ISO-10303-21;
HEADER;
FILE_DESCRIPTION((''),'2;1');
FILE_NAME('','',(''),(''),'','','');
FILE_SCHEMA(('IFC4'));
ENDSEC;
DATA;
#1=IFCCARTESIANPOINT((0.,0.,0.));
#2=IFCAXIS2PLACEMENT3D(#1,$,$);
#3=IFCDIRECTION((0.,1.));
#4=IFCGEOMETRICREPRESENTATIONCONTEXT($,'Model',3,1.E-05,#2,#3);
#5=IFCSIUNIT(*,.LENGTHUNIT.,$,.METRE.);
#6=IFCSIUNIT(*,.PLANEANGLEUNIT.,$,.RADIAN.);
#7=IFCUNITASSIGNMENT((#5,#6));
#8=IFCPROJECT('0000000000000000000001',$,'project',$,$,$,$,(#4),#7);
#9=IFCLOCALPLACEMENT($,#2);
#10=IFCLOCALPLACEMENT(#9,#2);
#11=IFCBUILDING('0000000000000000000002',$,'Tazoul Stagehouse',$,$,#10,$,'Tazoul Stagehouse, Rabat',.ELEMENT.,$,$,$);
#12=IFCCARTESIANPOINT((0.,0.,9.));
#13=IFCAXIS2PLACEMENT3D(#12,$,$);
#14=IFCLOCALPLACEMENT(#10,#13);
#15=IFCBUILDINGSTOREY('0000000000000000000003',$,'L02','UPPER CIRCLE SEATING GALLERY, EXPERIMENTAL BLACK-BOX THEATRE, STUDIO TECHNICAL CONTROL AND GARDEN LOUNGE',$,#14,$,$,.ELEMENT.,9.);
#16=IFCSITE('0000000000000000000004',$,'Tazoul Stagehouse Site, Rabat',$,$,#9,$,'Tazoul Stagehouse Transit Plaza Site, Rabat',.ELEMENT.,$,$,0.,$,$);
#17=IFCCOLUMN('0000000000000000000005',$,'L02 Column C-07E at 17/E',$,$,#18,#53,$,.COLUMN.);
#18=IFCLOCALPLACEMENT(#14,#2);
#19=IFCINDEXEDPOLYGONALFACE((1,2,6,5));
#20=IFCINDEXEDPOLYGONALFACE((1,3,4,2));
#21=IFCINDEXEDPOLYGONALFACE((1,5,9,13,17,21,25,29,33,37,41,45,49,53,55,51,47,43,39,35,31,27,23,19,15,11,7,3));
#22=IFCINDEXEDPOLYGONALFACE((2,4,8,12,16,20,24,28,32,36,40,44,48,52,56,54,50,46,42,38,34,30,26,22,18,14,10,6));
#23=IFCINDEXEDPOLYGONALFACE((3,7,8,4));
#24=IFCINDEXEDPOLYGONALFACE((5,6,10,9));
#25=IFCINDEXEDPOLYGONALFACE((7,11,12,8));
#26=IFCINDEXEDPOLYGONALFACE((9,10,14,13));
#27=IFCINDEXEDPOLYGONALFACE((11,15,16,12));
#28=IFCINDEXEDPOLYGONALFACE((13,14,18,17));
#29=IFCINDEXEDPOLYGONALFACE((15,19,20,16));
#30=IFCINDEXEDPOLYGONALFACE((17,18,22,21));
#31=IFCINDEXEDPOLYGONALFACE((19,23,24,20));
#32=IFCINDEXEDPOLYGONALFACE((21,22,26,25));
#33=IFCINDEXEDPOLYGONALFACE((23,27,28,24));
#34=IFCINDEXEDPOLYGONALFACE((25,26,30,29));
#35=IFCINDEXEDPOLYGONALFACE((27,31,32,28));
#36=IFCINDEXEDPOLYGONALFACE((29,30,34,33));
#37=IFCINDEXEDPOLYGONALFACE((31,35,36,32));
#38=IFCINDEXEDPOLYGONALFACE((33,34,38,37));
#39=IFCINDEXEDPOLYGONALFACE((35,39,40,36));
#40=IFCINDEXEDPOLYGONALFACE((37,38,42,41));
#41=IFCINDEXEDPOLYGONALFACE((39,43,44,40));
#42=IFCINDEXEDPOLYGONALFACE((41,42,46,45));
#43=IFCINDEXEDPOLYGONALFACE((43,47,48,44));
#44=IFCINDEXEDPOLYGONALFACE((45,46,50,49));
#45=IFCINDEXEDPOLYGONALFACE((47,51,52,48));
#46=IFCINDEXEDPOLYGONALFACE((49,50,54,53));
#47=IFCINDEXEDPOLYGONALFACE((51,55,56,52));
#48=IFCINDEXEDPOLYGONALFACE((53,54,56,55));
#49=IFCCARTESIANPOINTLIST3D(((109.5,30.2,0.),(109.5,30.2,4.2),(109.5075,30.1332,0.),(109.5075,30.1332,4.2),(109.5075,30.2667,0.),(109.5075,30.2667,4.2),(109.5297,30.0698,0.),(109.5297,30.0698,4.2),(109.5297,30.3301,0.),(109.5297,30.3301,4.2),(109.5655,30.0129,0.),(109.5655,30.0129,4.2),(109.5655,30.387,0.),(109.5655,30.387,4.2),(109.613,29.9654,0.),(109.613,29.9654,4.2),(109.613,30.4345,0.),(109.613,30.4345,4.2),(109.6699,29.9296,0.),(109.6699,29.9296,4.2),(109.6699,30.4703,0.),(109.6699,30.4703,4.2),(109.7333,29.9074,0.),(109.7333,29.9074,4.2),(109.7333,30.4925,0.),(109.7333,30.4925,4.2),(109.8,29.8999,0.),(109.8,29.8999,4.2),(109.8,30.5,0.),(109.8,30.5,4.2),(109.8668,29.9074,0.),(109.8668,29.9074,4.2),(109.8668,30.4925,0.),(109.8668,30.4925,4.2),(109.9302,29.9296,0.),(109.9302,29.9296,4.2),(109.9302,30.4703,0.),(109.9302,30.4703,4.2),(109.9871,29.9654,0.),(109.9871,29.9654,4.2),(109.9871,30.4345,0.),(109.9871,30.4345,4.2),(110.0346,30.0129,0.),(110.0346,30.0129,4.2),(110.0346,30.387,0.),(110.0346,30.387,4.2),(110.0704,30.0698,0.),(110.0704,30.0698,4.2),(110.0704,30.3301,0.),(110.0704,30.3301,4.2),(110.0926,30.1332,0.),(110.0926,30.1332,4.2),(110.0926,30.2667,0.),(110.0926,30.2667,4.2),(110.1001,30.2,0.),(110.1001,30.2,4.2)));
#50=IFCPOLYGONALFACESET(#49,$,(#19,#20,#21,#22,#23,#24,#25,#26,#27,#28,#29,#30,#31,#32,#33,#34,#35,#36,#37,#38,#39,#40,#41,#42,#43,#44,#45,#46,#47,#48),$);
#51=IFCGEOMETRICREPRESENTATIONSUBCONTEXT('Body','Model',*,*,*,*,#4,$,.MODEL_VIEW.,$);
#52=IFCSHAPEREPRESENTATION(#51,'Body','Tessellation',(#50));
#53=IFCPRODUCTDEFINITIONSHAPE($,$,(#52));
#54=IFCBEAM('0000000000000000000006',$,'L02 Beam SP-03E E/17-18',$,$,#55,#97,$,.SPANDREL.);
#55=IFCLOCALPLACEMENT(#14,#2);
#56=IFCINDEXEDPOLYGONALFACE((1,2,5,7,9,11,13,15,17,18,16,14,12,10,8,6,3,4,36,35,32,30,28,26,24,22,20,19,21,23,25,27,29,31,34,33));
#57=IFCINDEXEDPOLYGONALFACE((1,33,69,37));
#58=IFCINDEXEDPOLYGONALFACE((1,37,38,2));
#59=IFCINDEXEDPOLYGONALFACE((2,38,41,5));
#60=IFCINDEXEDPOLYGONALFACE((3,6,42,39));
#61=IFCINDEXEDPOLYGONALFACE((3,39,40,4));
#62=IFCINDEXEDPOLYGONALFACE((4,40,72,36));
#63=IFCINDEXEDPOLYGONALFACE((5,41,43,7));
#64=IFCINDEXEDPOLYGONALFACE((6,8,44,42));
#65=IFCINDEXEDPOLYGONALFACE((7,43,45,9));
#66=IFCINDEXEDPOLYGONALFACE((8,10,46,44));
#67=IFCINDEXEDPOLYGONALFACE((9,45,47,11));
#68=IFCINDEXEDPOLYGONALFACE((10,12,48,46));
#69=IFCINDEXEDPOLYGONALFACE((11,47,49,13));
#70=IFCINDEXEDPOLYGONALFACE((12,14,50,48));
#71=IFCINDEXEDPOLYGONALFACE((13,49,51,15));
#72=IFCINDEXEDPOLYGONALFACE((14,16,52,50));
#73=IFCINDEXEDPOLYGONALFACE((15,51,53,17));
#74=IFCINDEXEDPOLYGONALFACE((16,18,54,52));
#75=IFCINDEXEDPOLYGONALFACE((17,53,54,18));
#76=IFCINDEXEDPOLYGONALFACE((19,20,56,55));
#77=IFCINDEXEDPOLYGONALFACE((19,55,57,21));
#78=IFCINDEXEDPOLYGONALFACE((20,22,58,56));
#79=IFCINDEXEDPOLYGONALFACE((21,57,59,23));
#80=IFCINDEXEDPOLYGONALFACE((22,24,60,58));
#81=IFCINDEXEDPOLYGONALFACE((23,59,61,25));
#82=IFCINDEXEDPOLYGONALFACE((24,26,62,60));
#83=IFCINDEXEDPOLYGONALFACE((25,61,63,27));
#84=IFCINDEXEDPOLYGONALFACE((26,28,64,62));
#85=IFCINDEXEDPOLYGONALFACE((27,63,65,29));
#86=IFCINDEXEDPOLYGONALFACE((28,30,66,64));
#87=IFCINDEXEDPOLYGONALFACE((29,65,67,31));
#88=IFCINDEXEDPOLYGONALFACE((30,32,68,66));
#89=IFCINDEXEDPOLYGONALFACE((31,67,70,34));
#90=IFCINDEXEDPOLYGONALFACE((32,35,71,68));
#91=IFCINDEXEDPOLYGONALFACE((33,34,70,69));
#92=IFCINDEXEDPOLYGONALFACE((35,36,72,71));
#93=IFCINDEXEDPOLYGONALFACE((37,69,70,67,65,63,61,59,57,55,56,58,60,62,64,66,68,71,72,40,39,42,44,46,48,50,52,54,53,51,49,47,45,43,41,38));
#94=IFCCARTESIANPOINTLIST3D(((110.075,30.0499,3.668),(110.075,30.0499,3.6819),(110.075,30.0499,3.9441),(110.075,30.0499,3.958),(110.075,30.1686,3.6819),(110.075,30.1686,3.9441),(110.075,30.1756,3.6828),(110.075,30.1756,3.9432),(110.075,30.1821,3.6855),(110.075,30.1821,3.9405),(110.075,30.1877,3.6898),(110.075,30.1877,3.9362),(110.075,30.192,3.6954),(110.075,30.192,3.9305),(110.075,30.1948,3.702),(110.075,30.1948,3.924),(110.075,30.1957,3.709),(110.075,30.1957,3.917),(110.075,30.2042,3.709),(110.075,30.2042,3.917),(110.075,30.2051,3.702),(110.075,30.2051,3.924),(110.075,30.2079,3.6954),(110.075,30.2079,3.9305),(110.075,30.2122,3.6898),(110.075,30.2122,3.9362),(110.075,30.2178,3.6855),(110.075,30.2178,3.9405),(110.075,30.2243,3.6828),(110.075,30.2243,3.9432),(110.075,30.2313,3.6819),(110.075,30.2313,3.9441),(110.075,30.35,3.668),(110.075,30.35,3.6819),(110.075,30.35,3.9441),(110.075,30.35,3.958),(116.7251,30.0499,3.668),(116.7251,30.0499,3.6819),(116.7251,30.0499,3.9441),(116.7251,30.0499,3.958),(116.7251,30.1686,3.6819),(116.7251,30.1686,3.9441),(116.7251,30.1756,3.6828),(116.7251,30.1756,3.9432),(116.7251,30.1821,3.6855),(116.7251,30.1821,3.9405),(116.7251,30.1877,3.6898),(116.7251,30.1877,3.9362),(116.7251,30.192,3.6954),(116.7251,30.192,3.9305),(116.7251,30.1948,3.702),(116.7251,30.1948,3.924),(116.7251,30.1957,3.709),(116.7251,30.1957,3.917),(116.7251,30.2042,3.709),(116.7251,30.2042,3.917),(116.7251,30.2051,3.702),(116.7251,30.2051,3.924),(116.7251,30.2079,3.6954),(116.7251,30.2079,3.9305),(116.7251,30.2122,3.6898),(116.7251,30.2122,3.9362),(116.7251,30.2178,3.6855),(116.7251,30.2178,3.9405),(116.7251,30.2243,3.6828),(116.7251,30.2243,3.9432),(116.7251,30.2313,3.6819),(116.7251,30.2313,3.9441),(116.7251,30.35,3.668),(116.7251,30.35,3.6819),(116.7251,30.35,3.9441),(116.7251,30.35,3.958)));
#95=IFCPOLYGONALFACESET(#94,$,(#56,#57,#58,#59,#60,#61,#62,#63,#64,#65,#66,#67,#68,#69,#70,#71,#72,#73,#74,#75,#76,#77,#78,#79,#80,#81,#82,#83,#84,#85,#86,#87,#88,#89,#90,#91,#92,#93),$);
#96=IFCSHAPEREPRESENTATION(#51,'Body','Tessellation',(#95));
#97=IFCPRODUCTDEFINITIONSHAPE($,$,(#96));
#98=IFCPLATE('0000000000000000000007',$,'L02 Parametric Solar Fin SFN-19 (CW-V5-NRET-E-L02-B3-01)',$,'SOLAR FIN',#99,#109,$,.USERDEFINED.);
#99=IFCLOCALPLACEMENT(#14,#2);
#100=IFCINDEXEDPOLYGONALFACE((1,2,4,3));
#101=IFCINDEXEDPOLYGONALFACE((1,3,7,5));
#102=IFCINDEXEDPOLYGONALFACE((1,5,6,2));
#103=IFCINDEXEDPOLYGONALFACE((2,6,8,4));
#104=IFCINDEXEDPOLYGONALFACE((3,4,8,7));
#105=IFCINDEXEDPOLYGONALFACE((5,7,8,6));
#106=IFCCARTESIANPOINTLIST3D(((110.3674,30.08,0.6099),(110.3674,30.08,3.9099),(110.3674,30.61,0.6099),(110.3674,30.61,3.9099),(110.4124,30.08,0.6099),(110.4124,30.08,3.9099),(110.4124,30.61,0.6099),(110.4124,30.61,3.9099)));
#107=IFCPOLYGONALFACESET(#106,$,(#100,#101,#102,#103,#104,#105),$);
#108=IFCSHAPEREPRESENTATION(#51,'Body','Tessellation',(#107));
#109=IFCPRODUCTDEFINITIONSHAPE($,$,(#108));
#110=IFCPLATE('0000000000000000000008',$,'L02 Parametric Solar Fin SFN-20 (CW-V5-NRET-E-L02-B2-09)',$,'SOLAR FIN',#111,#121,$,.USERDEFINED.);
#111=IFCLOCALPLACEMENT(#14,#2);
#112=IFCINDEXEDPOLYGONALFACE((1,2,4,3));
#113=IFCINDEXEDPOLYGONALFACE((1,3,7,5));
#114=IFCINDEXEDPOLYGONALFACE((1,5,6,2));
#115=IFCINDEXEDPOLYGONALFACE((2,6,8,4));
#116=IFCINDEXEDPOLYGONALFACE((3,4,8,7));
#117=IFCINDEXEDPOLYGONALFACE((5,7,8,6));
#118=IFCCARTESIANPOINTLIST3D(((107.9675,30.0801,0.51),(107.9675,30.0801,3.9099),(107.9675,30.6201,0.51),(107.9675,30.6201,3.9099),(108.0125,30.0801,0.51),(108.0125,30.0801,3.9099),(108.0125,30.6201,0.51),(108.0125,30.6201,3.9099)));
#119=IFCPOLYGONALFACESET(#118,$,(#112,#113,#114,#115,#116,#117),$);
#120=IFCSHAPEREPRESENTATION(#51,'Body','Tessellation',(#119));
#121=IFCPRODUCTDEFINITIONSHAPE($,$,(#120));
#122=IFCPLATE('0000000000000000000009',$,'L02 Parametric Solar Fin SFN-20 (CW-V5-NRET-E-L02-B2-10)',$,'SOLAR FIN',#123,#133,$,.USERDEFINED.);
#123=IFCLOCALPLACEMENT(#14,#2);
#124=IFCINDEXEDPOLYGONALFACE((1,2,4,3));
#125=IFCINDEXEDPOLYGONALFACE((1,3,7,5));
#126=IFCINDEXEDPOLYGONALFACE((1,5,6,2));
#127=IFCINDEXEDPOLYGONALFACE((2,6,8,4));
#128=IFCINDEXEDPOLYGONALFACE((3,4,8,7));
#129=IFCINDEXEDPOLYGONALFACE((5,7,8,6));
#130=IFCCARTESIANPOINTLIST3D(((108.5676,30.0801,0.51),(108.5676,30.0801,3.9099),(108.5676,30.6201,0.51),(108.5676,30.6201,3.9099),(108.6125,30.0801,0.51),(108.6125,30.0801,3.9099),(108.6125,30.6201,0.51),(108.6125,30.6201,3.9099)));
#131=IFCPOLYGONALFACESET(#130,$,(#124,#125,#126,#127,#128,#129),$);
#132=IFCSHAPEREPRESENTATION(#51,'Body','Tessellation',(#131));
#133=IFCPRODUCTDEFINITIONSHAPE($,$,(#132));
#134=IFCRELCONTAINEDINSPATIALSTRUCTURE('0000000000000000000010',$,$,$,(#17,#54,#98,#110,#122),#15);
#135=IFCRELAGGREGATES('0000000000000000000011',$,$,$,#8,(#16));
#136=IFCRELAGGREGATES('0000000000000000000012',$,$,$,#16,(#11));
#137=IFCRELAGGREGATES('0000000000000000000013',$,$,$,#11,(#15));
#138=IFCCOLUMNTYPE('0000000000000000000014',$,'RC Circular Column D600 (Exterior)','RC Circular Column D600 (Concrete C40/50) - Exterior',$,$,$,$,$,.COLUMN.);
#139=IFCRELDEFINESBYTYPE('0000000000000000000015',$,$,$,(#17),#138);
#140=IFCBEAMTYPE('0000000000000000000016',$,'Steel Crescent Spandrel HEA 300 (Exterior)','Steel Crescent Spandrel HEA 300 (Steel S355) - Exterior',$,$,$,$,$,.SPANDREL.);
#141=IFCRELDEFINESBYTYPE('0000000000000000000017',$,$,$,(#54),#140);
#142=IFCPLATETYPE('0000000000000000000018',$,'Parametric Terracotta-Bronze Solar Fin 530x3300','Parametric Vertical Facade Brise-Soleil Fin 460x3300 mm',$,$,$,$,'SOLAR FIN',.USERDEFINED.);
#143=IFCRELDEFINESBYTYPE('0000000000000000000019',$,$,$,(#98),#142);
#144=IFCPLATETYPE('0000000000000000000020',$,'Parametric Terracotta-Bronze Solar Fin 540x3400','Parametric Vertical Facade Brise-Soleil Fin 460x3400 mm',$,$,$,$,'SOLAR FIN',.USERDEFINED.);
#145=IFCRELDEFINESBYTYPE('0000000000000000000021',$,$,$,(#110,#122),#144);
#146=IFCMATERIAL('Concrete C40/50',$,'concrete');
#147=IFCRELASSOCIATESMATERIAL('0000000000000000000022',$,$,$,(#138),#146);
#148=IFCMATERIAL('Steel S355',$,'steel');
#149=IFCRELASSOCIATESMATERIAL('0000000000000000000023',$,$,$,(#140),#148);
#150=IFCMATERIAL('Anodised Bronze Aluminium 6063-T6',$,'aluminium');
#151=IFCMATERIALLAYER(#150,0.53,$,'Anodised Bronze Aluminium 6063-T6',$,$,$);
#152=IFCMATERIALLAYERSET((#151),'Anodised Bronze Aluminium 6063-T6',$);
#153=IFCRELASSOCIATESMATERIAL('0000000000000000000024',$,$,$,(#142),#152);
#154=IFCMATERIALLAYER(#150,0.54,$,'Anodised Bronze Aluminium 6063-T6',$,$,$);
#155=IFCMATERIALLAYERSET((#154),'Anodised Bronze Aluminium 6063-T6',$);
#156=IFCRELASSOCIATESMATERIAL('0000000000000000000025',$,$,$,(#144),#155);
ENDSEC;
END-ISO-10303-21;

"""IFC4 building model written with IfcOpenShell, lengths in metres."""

from ifc_helpers import new_model, si_unit, direction, frame, origin, origin_2d, place, context, subcontext, project, spatial, rectangle, circle, i_section, extrude, material, layer, layer_set, material_profile, profile_set, type_object, element, save


model = new_model("IFC4")

# Units and contexts
model_context = context("Model", 3, precision=1e-05, world=origin(), true_north=direction((0.0, 1.0)))
body_context = subcontext(model_context, "Body", "Model", "MODEL_VIEW")
ifc_project = project(units=[si_unit("LENGTHUNIT", "METRE"), si_unit("PLANEANGLEUNIT", "RADIAN")], contexts=[model_context])

# Site, building, storey
site_placement = place(None, origin())
site = spatial("IfcSite", under=ifc_project, at=site_placement, Name="Tazoul Stagehouse Site, Rabat", LongName="Tazoul Stagehouse Transit Plaza Site, Rabat", CompositionType="ELEMENT", RefElevation=0.0)
building_placement = place(site_placement, origin())
building = spatial("IfcBuilding", under=site, at=building_placement, Name="Tazoul Stagehouse", LongName="Tazoul Stagehouse, Rabat", CompositionType="ELEMENT")
storey_placement = place(building_placement, frame((0.0, 0.0, 9.0)))
storey = spatial("IfcBuildingStorey", under=building, at=storey_placement, Name="L02", Description="UPPER CIRCLE SEATING GALLERY, EXPERIMENTAL BLACK-BOX THEATRE, STUDIO TECHNICAL CONTROL AND GARDEN LOUNGE", CompositionType="ELEMENT", Elevation=9.0)

# Column
ifc_material_1 = material(Name="Concrete C40/50", Category="concrete")
ifc_material_profile_1 = material_profile(ifc_material_1, circle(Radius=0.3, at=origin_2d()), Name="RC D600")
ifc_profile_set_1 = profile_set([ifc_material_profile_1], Name="Concrete C40/50")
column_type = type_object("IfcColumnType", Name="RC Circular Column D600 (Exterior)", Description="RC Circular Column D600 (Concrete C40/50) - Exterior", PredefinedType="COLUMN", material=ifc_profile_set_1)
column_placement = place(storey_placement, frame((109.8, 30.2, 0.0), z_axis=(0.0, 0.0, 1.0), x_axis=(1.0, 0.0, 0.0)))
element("IfcColumn", 1, at=column_placement, inside=storey, type_object=column_type, Name="L02 Column C-07E at 17/E", PredefinedType="COLUMN", context=body_context, shape_type="SweptSolid", body=[
    extrude(circle(Radius=0.3, at=origin_2d()), origin(), (0.0, 0.0, 1.0), 4.2),
])

# Shared definitions
ifc_material_2 = material(Name="Anodised Bronze Aluminium 6063-T6", Category="aluminium")

# Beam
ifc_material_3 = material(Name="Steel S355", Category="steel")
ifc_material_profile_2 = material_profile(ifc_material_3, i_section(OverallWidth=0.3, OverallDepth=0.29, WebThickness=0.0085, FlangeThickness=0.0139, FilletRadius=0.0271, at=origin_2d()), Name="HEA 300")
ifc_profile_set_2 = profile_set([ifc_material_profile_2], Name="Steel S355")
beam_type = type_object("IfcBeamType", Name="Steel Crescent Spandrel HEA 300 (Exterior)", Description="Steel Crescent Spandrel HEA 300 (Steel S355) - Exterior", PredefinedType="SPANDREL", material=ifc_profile_set_2)
beam_placement = place(storey_placement, frame((110.075, 30.2, 3.813), z_axis=(1.0, 0.0, 0.0), x_axis=(0.0, 1.0, 0.0)))
element("IfcBeam", 2, at=beam_placement, inside=storey, type_object=beam_type, Name="L02 Beam SP-03E E/17-18", PredefinedType="SPANDREL", context=body_context, shape_type="SweptSolid", body=[
    extrude(i_section(OverallWidth=0.3, OverallDepth=0.29, WebThickness=0.0085, FlangeThickness=0.0139, FilletRadius=0.0271, at=origin_2d()), origin(), (0.0, 0.0, 1.0), 6.6501),
])

# Plates
ifc_layer_1 = layer(ifc_material_2, 0.53, Name="Anodised Bronze Aluminium 6063-T6")
ifc_layer_set_1 = layer_set([ifc_layer_1], Name="Anodised Bronze Aluminium 6063-T6")
plate_type_1 = type_object("IfcPlateType", Name="Parametric Terracotta-Bronze Solar Fin 530x3300", Description="Parametric Vertical Facade Brise-Soleil Fin 460x3300 mm", ElementType="SOLAR FIN", PredefinedType="USERDEFINED", material=ifc_layer_set_1)
plate_1_placement = place(storey_placement, frame((110.3899, 30.345, 0.6099), z_axis=(0.0, 0.0, 1.0), x_axis=(1.0, 0.0, 0.0)))
element("IfcPlate", 3, at=plate_1_placement, inside=storey, type_object=plate_type_1, Name="L02 Parametric Solar Fin SFN-19 (CW-V5-NRET-E-L02-B3-01)", ObjectType="SOLAR FIN", PredefinedType="USERDEFINED", context=body_context, shape_type="SweptSolid", body=[
    extrude(rectangle(XDim=0.0449, YDim=0.53, at=origin_2d()), origin(), (0.0, 0.0, 1.0), 3.3),
])
ifc_layer_2 = layer(ifc_material_2, 0.54, Name="Anodised Bronze Aluminium 6063-T6")
ifc_layer_set_2 = layer_set([ifc_layer_2], Name="Anodised Bronze Aluminium 6063-T6")
plate_type_2 = type_object("IfcPlateType", Name="Parametric Terracotta-Bronze Solar Fin 540x3400", Description="Parametric Vertical Facade Brise-Soleil Fin 460x3400 mm", ElementType="SOLAR FIN", PredefinedType="USERDEFINED", material=ifc_layer_set_2)
for number, where, z_axis, x_axis, name in (
    (4, (107.99, 30.3501, 0.51), (0.0, 0.0, 1.0), (1.0, 0.0, 0.0), "L02 Parametric Solar Fin SFN-20 (CW-V5-NRET-E-L02-B2-09)"),
    (5, (108.5901, 30.3501, 0.51), (0.0, 0.0, 1.0), (1.0, 0.0, 0.0), "L02 Parametric Solar Fin SFN-20 (CW-V5-NRET-E-L02-B2-10)"),
):
    element("IfcPlate", number, at=place(storey_placement, frame(where, z_axis=z_axis, x_axis=x_axis)), inside=storey, type_object=plate_type_2, Name=name, ObjectType="SOLAR FIN", PredefinedType="USERDEFINED", context=body_context, shape_type="SweptSolid", body=[
        extrude(rectangle(XDim=0.0449, YDim=0.54, at=origin_2d()), origin(), (0.0, 0.0, 1.0), 3.3999),
    ])

save(model, "model.ifc")
